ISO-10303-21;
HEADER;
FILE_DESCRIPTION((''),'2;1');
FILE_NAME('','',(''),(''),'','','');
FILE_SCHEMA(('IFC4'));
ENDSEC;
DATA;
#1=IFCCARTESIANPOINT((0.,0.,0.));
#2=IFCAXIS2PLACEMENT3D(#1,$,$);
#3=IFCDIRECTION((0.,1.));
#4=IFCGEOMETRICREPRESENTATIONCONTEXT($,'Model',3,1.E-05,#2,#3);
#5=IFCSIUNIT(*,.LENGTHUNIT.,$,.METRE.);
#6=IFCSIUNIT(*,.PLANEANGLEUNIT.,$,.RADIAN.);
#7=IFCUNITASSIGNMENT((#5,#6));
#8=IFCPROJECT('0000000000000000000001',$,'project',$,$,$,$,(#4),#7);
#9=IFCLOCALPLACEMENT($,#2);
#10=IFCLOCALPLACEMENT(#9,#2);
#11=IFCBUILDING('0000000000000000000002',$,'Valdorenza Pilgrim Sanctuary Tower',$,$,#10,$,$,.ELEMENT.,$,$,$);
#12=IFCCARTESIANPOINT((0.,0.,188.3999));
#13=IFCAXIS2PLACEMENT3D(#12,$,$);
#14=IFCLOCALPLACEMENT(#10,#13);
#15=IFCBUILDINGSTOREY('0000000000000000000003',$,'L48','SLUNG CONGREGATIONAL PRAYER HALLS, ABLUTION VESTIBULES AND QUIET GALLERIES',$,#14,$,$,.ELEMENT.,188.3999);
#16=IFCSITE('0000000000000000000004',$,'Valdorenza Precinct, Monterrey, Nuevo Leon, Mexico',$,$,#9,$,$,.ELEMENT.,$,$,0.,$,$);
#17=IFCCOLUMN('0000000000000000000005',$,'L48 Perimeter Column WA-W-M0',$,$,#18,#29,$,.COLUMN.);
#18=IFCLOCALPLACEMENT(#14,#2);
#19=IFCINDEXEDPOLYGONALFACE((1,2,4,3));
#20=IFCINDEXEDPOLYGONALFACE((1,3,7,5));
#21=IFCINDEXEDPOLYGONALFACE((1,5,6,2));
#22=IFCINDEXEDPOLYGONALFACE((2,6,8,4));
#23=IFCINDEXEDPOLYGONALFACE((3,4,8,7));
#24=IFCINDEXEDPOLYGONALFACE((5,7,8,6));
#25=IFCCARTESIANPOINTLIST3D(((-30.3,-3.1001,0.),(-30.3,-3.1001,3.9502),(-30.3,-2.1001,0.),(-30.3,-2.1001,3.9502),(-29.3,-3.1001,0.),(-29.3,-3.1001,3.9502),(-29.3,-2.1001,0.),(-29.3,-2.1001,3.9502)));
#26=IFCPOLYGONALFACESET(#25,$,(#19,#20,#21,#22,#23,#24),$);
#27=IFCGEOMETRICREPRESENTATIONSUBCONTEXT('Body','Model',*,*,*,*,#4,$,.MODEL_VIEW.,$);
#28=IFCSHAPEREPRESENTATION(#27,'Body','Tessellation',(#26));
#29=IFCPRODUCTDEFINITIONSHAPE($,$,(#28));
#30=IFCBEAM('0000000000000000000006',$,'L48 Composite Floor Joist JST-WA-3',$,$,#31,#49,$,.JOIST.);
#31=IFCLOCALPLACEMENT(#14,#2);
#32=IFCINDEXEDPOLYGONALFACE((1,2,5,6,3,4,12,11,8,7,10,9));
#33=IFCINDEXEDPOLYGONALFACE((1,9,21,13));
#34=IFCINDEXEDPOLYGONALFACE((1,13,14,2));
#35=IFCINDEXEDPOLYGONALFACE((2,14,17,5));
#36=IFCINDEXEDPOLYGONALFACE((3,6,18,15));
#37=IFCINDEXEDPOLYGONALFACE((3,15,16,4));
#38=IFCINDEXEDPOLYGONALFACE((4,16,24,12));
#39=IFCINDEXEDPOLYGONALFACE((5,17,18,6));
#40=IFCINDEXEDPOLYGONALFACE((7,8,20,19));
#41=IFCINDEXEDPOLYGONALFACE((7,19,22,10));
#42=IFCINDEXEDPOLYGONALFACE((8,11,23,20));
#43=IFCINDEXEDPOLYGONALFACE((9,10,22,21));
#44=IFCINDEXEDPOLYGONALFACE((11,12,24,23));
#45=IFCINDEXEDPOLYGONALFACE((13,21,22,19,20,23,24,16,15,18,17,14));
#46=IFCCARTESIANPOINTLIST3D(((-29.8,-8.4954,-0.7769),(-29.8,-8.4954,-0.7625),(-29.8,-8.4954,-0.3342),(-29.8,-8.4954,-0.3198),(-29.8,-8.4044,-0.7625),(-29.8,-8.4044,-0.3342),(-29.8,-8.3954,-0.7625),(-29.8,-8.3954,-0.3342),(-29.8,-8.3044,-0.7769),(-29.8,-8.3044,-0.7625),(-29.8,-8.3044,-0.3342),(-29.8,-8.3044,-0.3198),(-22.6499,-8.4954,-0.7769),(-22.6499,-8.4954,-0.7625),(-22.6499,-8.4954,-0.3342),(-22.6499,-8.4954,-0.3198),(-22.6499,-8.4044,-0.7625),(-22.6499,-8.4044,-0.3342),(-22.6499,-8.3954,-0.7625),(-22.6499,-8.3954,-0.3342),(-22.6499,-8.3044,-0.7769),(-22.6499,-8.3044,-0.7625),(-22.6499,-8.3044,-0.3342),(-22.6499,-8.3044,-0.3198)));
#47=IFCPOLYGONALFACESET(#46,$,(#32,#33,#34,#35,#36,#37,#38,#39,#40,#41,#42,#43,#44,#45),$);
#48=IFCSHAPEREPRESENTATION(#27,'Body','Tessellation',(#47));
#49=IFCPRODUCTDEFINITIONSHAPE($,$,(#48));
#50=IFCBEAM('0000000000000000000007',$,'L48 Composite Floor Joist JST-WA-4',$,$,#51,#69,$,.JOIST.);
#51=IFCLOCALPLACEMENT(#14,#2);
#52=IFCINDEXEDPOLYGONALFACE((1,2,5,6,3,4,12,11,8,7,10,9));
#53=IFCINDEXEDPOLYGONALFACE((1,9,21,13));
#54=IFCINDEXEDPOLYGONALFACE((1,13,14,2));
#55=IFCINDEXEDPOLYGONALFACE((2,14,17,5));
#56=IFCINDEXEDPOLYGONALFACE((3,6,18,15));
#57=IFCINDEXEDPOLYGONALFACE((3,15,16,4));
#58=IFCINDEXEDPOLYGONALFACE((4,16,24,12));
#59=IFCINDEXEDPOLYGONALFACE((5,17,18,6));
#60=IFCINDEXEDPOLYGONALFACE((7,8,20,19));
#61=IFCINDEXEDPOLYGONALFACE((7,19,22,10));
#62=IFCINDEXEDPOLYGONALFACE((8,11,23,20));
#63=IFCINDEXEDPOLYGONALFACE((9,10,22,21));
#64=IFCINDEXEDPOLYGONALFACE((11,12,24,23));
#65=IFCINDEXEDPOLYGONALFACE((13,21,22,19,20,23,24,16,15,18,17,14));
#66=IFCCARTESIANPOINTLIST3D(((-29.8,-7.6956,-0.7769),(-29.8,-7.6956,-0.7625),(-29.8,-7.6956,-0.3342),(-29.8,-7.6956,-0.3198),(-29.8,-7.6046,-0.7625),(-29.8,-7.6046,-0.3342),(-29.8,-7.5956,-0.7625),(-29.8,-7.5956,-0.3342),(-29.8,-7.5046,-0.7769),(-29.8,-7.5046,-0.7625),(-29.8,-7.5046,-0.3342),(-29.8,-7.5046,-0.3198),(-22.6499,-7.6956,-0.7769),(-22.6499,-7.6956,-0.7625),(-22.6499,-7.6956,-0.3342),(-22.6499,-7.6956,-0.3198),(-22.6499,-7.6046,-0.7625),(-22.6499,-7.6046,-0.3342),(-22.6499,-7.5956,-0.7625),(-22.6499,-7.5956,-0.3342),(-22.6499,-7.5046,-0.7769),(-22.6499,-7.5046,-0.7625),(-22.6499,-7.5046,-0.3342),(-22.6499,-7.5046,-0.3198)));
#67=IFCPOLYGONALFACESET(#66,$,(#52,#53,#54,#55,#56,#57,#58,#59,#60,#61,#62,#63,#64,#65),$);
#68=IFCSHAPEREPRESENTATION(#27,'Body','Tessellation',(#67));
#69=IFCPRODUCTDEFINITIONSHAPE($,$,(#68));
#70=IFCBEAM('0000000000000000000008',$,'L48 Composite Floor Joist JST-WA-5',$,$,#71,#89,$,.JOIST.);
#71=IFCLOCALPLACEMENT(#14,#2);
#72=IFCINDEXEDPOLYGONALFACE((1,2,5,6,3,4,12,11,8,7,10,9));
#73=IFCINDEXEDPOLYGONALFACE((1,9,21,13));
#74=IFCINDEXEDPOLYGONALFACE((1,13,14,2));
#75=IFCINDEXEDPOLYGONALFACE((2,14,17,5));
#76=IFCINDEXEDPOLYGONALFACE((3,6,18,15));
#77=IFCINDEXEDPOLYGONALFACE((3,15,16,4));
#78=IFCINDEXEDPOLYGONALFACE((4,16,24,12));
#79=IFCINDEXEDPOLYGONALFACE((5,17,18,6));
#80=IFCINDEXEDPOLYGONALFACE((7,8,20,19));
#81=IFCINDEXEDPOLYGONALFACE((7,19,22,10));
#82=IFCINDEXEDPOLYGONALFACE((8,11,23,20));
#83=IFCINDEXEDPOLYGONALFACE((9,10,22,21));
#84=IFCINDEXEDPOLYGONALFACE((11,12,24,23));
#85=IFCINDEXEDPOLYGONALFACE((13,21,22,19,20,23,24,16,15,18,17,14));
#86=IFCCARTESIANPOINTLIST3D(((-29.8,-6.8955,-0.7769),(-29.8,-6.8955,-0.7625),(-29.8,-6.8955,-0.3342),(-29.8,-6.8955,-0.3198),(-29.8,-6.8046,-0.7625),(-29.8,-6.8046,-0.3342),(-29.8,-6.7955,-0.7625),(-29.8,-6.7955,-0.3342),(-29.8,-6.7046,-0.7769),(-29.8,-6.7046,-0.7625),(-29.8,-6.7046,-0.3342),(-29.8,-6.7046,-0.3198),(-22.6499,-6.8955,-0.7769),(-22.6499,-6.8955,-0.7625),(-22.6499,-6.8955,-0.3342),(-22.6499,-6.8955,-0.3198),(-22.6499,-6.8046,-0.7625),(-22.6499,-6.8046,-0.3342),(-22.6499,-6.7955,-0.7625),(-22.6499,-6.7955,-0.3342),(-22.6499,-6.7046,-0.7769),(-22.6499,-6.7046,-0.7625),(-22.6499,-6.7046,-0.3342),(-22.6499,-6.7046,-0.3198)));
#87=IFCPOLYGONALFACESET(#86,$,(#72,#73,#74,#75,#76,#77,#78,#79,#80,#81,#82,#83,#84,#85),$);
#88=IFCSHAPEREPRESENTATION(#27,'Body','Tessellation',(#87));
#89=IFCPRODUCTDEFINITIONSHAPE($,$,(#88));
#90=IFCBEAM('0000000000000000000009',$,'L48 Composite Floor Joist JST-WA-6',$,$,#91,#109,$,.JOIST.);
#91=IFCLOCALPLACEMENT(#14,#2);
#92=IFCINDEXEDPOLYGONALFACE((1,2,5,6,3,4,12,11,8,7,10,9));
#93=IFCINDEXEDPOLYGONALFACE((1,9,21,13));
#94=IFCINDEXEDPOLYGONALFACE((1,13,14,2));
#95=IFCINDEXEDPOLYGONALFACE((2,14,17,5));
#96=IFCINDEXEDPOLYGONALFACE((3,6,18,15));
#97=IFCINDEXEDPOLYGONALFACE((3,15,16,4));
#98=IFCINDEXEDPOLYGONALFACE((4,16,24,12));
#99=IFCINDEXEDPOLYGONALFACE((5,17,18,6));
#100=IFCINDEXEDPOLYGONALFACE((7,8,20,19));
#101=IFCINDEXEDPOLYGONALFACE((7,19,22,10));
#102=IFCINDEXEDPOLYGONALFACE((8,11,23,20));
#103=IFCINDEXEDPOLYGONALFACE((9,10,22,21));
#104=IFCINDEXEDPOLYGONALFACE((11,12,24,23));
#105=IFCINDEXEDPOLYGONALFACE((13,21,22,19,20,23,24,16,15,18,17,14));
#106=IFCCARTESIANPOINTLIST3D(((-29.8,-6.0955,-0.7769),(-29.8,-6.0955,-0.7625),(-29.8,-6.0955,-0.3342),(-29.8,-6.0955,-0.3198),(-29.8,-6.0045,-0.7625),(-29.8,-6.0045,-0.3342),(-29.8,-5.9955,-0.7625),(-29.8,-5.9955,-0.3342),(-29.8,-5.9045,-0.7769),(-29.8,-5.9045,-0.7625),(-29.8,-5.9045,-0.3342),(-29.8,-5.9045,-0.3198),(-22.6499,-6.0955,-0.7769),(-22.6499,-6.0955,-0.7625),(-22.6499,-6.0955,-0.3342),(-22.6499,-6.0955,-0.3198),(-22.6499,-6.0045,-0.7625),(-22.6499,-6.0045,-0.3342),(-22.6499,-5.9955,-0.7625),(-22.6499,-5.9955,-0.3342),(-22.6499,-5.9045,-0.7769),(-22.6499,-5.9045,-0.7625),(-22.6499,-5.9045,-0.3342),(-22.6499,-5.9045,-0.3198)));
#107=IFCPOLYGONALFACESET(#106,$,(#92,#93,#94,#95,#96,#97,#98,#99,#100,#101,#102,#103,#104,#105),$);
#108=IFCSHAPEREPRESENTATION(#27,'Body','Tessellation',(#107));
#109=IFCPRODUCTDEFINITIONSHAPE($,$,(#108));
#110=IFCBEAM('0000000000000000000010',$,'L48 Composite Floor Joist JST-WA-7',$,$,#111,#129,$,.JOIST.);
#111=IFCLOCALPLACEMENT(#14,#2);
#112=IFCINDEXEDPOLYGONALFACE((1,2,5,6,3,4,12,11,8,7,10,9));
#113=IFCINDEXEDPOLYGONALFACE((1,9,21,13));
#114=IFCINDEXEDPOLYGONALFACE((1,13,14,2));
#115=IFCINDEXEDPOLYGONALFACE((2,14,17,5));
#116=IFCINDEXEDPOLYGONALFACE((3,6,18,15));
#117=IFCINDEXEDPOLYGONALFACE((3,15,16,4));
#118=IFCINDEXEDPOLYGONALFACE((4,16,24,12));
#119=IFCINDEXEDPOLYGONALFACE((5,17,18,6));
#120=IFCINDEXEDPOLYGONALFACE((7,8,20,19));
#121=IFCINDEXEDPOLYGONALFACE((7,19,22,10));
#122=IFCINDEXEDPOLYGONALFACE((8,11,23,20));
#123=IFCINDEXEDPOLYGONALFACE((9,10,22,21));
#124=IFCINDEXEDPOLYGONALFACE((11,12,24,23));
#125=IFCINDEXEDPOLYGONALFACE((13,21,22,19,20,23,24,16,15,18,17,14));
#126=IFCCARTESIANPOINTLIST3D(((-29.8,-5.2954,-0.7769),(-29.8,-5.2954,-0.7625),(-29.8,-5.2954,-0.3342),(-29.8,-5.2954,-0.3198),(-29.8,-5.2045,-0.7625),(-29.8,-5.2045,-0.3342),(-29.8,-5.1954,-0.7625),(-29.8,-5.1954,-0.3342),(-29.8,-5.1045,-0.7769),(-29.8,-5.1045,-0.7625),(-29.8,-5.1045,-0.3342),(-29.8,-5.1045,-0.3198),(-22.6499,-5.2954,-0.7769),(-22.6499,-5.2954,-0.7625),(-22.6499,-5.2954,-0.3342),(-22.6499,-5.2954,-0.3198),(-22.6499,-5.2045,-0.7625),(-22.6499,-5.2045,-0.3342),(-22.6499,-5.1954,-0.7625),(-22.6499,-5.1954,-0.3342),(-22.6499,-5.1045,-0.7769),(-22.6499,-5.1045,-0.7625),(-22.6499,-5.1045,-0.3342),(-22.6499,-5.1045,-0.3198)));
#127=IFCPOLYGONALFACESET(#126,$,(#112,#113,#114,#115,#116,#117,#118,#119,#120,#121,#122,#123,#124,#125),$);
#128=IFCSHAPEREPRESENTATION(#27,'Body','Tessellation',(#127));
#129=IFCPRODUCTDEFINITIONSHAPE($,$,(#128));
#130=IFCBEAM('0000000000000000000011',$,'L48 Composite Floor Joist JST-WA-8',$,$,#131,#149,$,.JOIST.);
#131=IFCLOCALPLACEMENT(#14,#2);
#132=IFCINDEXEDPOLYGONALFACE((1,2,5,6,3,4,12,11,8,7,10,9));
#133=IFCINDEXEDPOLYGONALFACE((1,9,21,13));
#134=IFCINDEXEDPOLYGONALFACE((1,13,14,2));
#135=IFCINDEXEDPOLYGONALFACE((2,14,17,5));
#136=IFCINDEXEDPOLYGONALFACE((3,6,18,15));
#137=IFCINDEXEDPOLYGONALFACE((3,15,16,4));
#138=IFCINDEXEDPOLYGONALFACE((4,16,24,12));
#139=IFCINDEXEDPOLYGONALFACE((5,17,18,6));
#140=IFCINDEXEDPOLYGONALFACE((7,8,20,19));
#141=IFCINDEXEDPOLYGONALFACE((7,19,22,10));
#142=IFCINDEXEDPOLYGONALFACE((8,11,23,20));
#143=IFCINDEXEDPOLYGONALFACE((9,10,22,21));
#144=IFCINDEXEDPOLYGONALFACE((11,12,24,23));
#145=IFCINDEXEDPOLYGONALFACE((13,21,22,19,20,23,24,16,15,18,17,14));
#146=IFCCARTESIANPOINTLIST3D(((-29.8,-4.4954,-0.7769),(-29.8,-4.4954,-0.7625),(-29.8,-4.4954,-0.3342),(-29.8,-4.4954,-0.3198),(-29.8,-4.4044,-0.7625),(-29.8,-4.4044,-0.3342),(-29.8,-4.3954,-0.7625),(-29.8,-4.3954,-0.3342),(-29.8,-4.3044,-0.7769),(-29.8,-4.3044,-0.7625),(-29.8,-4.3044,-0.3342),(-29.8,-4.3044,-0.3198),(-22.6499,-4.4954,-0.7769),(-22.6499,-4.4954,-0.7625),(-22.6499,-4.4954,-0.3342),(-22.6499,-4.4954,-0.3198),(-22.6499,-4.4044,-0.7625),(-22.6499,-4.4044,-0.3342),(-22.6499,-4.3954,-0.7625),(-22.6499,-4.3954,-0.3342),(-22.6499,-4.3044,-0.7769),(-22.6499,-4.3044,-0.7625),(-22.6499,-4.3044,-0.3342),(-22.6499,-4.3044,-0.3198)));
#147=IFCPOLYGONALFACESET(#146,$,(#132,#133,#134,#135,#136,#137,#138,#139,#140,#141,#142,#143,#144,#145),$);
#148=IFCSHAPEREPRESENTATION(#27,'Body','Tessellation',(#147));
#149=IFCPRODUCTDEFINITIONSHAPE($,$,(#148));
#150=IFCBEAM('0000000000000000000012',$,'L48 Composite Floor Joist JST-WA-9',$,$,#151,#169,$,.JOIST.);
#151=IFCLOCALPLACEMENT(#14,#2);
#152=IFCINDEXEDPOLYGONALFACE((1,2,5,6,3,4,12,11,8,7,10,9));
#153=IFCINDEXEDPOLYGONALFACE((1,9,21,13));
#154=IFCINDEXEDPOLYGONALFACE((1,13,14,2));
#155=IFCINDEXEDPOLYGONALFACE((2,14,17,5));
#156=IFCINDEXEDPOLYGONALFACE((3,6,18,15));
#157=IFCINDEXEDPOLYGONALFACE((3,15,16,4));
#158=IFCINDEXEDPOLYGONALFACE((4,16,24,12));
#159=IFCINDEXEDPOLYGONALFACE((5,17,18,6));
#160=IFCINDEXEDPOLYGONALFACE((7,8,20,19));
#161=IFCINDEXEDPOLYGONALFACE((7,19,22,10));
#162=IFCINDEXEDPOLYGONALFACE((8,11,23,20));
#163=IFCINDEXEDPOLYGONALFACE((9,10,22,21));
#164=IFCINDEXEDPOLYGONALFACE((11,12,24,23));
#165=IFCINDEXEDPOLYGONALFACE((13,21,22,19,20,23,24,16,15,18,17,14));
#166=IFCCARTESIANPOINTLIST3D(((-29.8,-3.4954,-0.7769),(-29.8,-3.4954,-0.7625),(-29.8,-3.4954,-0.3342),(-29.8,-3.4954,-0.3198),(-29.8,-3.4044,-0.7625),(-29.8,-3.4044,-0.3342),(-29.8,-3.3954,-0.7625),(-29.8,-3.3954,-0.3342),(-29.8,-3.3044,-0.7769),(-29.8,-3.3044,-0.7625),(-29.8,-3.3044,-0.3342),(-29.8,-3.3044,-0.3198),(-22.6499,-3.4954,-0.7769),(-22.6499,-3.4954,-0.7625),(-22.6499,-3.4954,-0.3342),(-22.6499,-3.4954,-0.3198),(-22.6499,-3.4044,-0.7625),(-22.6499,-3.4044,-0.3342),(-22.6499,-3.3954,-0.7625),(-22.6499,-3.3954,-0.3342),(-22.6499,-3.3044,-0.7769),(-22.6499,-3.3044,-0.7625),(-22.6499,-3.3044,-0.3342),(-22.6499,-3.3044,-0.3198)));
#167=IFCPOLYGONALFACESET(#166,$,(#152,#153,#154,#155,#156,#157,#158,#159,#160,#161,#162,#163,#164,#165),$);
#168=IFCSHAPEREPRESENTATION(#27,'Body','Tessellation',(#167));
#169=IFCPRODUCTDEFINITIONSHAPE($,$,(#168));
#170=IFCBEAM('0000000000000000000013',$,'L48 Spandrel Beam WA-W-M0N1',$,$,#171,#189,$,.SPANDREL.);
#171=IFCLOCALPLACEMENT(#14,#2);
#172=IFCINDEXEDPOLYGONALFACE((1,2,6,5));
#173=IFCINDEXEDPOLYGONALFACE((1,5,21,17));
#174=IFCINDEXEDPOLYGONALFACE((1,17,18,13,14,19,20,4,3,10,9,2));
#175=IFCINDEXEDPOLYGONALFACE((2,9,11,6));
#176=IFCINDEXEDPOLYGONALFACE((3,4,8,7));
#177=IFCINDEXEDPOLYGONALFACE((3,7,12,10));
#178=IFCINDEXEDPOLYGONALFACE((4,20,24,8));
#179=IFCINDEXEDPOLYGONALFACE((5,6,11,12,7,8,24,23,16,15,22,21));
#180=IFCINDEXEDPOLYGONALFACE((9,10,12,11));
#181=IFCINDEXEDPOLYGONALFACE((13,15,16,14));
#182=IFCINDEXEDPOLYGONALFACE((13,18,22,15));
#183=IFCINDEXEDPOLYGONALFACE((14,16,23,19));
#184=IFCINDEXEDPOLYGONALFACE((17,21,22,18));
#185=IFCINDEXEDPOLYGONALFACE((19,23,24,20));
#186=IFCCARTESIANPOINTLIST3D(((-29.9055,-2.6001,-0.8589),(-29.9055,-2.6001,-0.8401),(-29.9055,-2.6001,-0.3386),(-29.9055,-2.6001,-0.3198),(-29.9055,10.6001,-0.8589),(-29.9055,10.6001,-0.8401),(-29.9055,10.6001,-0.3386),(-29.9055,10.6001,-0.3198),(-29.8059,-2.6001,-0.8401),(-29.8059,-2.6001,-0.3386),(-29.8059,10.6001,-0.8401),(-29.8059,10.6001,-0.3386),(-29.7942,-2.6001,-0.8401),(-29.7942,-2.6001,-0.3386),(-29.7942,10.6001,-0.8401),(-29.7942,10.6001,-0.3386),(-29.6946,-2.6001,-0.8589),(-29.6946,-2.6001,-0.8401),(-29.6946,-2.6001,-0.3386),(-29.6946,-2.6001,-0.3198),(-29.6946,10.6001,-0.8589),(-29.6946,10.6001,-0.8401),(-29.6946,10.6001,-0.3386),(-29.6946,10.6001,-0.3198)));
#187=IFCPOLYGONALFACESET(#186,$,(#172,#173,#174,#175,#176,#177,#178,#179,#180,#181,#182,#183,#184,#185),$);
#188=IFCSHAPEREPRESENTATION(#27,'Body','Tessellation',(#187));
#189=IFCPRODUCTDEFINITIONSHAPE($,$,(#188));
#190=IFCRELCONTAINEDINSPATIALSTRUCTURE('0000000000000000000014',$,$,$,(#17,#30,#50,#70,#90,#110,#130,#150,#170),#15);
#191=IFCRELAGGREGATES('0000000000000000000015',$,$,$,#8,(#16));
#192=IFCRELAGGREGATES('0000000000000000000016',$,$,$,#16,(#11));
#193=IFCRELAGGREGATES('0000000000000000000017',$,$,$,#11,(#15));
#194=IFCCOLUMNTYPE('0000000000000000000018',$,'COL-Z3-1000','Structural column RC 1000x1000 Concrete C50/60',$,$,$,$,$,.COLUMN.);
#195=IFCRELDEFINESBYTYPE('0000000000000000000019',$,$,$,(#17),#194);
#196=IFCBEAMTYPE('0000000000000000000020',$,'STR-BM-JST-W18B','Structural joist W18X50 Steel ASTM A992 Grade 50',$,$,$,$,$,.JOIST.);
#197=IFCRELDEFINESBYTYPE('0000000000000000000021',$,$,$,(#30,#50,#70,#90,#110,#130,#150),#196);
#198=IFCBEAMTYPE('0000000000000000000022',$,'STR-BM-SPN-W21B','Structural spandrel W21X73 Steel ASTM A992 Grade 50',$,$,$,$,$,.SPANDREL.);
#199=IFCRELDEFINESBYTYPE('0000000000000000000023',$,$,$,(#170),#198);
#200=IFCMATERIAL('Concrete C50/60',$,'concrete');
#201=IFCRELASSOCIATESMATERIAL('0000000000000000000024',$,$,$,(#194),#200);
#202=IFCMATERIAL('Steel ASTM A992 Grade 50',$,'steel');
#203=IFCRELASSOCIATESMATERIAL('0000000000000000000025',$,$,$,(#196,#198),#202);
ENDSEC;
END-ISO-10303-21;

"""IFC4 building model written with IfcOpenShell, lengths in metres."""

from ifc_helpers import new_model, si_unit, direction, frame, origin, origin_2d, place, context, subcontext, project, spatial, rectangle, i_section, extrude, source, transform, mapped, material, material_profile, profile_set, type_object, element, save


model = new_model("IFC4")

# Units and contexts
model_context = context("Model", 3, precision=1e-05, world=origin(), true_north=direction((0.0, 1.0)))
body_context = subcontext(model_context, "Body", "Model", "MODEL_VIEW")
ifc_project = project(units=[si_unit("LENGTHUNIT", "METRE"), si_unit("PLANEANGLEUNIT", "RADIAN")], contexts=[model_context])

# Site, building, storey
site_placement = place(None, origin())
site = spatial("IfcSite", under=ifc_project, at=site_placement, Name="Valdorenza Precinct, Monterrey, Nuevo Leon, Mexico", CompositionType="ELEMENT", RefElevation=0.0)
building_placement = place(site_placement, origin())
building = spatial("IfcBuilding", under=site, at=building_placement, Name="Valdorenza Pilgrim Sanctuary Tower", CompositionType="ELEMENT")
storey_placement = place(building_placement, frame((0.0, 0.0, 188.3999)))
storey = spatial("IfcBuildingStorey", under=building, at=storey_placement, Name="L48", Description="SLUNG CONGREGATIONAL PRAYER HALLS, ABLUTION VESTIBULES AND QUIET GALLERIES", CompositionType="ELEMENT", Elevation=188.3999)

# Column
ifc_material_1 = material(Name="Concrete C50/60", Category="concrete")
ifc_material_profile_1 = material_profile(ifc_material_1, rectangle(XDim=1.0, YDim=1.0, at=origin_2d()), Name="RC 1000x1000")
ifc_profile_set_1 = profile_set([ifc_material_profile_1], Name="Concrete C50/60")
column_type = type_object("IfcColumnType", Name="COL-Z3-1000", Description="Structural column RC 1000x1000 Concrete C50/60", PredefinedType="COLUMN", material=ifc_profile_set_1)
shared_shape_1 = source(origin(), body_context, "Body", "SweptSolid", [
    extrude(rectangle(XDim=1.0, YDim=1.0, at=origin_2d()), origin(), (0.0, 0.0, 1.0), 3.9502),
])
column_placement = place(storey_placement, frame((-29.8, -2.6001, 0.0), z_axis=(0.0, 0.0, 1.0), x_axis=(1.0, 0.0, 0.0)))
element("IfcColumn", 1, at=column_placement, inside=storey, type_object=column_type, Name="L48 Perimeter Column WA-W-M0", PredefinedType="COLUMN", context=body_context, shape_type="MappedRepresentation", body=[
    mapped(shared_shape_1, transform((0.0, 0.0, 0.0), x_axis=(1.0, 0.0, 0.0), y_axis=(0.0, 1.0, 0.0), z_axis=(0.0, 0.0, 1.0), scale=1.0)),
])

# Beams
ifc_material_2 = material(Name="Steel ASTM A992 Grade 50", Category="steel")
ifc_material_profile_2 = material_profile(ifc_material_2, i_section(OverallWidth=0.1909, OverallDepth=0.457, WebThickness=0.009, FlangeThickness=0.0144, at=origin_2d()), Name="W18X50")
ifc_profile_set_2 = profile_set([ifc_material_profile_2], Name="Steel ASTM A992 Grade 50")
beam_type_1 = type_object("IfcBeamType", Name="STR-BM-JST-W18B", Description="Structural joist W18X50 Steel ASTM A992 Grade 50", PredefinedType="JOIST", material=ifc_profile_set_2)
shared_shape_2 = source(origin(), body_context, "Body", "SweptSolid", [
    extrude(i_section(OverallWidth=0.1909, OverallDepth=0.457, WebThickness=0.009, FlangeThickness=0.0144, at=origin_2d()), origin(), (0.0, 0.0, 1.0), 7.1501),
])
for number, where, z_axis, x_axis, name in (
    (2, (-29.8, -8.3999, -0.5483), (1.0, 0.0, 0.0), (0.0, 1.0, 0.0), "L48 Composite Floor Joist JST-WA-3"),
    (3, (-29.8, -7.6001, -0.5483), (1.0, 0.0, 0.0), (0.0, 1.0, 0.0), "L48 Composite Floor Joist JST-WA-4"),
    (4, (-29.8, -6.8, -0.5483), (1.0, 0.0, 0.0), (0.0, 1.0, 0.0), "L48 Composite Floor Joist JST-WA-5"),
    (5, (-29.8, -6.0, -0.5483), (1.0, 0.0, 0.0), (0.0, 1.0, 0.0), "L48 Composite Floor Joist JST-WA-6"),
    (6, (-29.8, -5.2, -0.5483), (1.0, 0.0, 0.0), (0.0, 1.0, 0.0), "L48 Composite Floor Joist JST-WA-7"),
    (7, (-29.8, -4.3999, -0.5483), (1.0, 0.0, 0.0), (0.0, 1.0, 0.0), "L48 Composite Floor Joist JST-WA-8"),
    (8, (-29.8, -3.3999, -0.5483), (1.0, 0.0, 0.0), (0.0, 1.0, 0.0), "L48 Composite Floor Joist JST-WA-9"),
):
    element("IfcBeam", number, at=place(storey_placement, frame(where, z_axis=z_axis, x_axis=x_axis)), inside=storey, type_object=beam_type_1, Name=name, PredefinedType="JOIST", context=body_context, shape_type="MappedRepresentation", body=[
        mapped(shared_shape_2, transform((0.0, 0.0, 0.0), x_axis=(1.0, 0.0, 0.0), y_axis=(0.0, 1.0, 0.0), z_axis=(0.0, 0.0, 1.0), scale=1.0)),
    ])
ifc_material_profile_3 = material_profile(ifc_material_2, i_section(OverallWidth=0.2109, OverallDepth=0.5391, WebThickness=0.0117, FlangeThickness=0.0188, at=origin_2d()), Name="W21X73")
ifc_profile_set_3 = profile_set([ifc_material_profile_3], Name="Steel ASTM A992 Grade 50")
beam_type_2 = type_object("IfcBeamType", Name="STR-BM-SPN-W21B", Description="Structural spandrel W21X73 Steel ASTM A992 Grade 50", PredefinedType="SPANDREL", material=ifc_profile_set_3)
shared_shape_3 = source(origin(), body_context, "Body", "SweptSolid", [
    extrude(i_section(OverallWidth=0.2109, OverallDepth=0.5391, WebThickness=0.0117, FlangeThickness=0.0188, at=origin_2d()), origin(), (0.0, 0.0, 1.0), 13.2002),
])
beam_1_placement = place(storey_placement, frame((-29.8, -2.6001, -0.5894), z_axis=(0.0, 1.0, 0.0), x_axis=(-1.0, 0.0, 0.0)))
element("IfcBeam", 9, at=beam_1_placement, inside=storey, type_object=beam_type_2, Name="L48 Spandrel Beam WA-W-M0N1", PredefinedType="SPANDREL", context=body_context, shape_type="MappedRepresentation", body=[
    mapped(shared_shape_3, transform((0.0, 0.0, 0.0), x_axis=(1.0, 0.0, 0.0), y_axis=(0.0, 1.0, 0.0), z_axis=(0.0, 0.0, 1.0), scale=1.0)),
])

save(model, "model.ifc")
